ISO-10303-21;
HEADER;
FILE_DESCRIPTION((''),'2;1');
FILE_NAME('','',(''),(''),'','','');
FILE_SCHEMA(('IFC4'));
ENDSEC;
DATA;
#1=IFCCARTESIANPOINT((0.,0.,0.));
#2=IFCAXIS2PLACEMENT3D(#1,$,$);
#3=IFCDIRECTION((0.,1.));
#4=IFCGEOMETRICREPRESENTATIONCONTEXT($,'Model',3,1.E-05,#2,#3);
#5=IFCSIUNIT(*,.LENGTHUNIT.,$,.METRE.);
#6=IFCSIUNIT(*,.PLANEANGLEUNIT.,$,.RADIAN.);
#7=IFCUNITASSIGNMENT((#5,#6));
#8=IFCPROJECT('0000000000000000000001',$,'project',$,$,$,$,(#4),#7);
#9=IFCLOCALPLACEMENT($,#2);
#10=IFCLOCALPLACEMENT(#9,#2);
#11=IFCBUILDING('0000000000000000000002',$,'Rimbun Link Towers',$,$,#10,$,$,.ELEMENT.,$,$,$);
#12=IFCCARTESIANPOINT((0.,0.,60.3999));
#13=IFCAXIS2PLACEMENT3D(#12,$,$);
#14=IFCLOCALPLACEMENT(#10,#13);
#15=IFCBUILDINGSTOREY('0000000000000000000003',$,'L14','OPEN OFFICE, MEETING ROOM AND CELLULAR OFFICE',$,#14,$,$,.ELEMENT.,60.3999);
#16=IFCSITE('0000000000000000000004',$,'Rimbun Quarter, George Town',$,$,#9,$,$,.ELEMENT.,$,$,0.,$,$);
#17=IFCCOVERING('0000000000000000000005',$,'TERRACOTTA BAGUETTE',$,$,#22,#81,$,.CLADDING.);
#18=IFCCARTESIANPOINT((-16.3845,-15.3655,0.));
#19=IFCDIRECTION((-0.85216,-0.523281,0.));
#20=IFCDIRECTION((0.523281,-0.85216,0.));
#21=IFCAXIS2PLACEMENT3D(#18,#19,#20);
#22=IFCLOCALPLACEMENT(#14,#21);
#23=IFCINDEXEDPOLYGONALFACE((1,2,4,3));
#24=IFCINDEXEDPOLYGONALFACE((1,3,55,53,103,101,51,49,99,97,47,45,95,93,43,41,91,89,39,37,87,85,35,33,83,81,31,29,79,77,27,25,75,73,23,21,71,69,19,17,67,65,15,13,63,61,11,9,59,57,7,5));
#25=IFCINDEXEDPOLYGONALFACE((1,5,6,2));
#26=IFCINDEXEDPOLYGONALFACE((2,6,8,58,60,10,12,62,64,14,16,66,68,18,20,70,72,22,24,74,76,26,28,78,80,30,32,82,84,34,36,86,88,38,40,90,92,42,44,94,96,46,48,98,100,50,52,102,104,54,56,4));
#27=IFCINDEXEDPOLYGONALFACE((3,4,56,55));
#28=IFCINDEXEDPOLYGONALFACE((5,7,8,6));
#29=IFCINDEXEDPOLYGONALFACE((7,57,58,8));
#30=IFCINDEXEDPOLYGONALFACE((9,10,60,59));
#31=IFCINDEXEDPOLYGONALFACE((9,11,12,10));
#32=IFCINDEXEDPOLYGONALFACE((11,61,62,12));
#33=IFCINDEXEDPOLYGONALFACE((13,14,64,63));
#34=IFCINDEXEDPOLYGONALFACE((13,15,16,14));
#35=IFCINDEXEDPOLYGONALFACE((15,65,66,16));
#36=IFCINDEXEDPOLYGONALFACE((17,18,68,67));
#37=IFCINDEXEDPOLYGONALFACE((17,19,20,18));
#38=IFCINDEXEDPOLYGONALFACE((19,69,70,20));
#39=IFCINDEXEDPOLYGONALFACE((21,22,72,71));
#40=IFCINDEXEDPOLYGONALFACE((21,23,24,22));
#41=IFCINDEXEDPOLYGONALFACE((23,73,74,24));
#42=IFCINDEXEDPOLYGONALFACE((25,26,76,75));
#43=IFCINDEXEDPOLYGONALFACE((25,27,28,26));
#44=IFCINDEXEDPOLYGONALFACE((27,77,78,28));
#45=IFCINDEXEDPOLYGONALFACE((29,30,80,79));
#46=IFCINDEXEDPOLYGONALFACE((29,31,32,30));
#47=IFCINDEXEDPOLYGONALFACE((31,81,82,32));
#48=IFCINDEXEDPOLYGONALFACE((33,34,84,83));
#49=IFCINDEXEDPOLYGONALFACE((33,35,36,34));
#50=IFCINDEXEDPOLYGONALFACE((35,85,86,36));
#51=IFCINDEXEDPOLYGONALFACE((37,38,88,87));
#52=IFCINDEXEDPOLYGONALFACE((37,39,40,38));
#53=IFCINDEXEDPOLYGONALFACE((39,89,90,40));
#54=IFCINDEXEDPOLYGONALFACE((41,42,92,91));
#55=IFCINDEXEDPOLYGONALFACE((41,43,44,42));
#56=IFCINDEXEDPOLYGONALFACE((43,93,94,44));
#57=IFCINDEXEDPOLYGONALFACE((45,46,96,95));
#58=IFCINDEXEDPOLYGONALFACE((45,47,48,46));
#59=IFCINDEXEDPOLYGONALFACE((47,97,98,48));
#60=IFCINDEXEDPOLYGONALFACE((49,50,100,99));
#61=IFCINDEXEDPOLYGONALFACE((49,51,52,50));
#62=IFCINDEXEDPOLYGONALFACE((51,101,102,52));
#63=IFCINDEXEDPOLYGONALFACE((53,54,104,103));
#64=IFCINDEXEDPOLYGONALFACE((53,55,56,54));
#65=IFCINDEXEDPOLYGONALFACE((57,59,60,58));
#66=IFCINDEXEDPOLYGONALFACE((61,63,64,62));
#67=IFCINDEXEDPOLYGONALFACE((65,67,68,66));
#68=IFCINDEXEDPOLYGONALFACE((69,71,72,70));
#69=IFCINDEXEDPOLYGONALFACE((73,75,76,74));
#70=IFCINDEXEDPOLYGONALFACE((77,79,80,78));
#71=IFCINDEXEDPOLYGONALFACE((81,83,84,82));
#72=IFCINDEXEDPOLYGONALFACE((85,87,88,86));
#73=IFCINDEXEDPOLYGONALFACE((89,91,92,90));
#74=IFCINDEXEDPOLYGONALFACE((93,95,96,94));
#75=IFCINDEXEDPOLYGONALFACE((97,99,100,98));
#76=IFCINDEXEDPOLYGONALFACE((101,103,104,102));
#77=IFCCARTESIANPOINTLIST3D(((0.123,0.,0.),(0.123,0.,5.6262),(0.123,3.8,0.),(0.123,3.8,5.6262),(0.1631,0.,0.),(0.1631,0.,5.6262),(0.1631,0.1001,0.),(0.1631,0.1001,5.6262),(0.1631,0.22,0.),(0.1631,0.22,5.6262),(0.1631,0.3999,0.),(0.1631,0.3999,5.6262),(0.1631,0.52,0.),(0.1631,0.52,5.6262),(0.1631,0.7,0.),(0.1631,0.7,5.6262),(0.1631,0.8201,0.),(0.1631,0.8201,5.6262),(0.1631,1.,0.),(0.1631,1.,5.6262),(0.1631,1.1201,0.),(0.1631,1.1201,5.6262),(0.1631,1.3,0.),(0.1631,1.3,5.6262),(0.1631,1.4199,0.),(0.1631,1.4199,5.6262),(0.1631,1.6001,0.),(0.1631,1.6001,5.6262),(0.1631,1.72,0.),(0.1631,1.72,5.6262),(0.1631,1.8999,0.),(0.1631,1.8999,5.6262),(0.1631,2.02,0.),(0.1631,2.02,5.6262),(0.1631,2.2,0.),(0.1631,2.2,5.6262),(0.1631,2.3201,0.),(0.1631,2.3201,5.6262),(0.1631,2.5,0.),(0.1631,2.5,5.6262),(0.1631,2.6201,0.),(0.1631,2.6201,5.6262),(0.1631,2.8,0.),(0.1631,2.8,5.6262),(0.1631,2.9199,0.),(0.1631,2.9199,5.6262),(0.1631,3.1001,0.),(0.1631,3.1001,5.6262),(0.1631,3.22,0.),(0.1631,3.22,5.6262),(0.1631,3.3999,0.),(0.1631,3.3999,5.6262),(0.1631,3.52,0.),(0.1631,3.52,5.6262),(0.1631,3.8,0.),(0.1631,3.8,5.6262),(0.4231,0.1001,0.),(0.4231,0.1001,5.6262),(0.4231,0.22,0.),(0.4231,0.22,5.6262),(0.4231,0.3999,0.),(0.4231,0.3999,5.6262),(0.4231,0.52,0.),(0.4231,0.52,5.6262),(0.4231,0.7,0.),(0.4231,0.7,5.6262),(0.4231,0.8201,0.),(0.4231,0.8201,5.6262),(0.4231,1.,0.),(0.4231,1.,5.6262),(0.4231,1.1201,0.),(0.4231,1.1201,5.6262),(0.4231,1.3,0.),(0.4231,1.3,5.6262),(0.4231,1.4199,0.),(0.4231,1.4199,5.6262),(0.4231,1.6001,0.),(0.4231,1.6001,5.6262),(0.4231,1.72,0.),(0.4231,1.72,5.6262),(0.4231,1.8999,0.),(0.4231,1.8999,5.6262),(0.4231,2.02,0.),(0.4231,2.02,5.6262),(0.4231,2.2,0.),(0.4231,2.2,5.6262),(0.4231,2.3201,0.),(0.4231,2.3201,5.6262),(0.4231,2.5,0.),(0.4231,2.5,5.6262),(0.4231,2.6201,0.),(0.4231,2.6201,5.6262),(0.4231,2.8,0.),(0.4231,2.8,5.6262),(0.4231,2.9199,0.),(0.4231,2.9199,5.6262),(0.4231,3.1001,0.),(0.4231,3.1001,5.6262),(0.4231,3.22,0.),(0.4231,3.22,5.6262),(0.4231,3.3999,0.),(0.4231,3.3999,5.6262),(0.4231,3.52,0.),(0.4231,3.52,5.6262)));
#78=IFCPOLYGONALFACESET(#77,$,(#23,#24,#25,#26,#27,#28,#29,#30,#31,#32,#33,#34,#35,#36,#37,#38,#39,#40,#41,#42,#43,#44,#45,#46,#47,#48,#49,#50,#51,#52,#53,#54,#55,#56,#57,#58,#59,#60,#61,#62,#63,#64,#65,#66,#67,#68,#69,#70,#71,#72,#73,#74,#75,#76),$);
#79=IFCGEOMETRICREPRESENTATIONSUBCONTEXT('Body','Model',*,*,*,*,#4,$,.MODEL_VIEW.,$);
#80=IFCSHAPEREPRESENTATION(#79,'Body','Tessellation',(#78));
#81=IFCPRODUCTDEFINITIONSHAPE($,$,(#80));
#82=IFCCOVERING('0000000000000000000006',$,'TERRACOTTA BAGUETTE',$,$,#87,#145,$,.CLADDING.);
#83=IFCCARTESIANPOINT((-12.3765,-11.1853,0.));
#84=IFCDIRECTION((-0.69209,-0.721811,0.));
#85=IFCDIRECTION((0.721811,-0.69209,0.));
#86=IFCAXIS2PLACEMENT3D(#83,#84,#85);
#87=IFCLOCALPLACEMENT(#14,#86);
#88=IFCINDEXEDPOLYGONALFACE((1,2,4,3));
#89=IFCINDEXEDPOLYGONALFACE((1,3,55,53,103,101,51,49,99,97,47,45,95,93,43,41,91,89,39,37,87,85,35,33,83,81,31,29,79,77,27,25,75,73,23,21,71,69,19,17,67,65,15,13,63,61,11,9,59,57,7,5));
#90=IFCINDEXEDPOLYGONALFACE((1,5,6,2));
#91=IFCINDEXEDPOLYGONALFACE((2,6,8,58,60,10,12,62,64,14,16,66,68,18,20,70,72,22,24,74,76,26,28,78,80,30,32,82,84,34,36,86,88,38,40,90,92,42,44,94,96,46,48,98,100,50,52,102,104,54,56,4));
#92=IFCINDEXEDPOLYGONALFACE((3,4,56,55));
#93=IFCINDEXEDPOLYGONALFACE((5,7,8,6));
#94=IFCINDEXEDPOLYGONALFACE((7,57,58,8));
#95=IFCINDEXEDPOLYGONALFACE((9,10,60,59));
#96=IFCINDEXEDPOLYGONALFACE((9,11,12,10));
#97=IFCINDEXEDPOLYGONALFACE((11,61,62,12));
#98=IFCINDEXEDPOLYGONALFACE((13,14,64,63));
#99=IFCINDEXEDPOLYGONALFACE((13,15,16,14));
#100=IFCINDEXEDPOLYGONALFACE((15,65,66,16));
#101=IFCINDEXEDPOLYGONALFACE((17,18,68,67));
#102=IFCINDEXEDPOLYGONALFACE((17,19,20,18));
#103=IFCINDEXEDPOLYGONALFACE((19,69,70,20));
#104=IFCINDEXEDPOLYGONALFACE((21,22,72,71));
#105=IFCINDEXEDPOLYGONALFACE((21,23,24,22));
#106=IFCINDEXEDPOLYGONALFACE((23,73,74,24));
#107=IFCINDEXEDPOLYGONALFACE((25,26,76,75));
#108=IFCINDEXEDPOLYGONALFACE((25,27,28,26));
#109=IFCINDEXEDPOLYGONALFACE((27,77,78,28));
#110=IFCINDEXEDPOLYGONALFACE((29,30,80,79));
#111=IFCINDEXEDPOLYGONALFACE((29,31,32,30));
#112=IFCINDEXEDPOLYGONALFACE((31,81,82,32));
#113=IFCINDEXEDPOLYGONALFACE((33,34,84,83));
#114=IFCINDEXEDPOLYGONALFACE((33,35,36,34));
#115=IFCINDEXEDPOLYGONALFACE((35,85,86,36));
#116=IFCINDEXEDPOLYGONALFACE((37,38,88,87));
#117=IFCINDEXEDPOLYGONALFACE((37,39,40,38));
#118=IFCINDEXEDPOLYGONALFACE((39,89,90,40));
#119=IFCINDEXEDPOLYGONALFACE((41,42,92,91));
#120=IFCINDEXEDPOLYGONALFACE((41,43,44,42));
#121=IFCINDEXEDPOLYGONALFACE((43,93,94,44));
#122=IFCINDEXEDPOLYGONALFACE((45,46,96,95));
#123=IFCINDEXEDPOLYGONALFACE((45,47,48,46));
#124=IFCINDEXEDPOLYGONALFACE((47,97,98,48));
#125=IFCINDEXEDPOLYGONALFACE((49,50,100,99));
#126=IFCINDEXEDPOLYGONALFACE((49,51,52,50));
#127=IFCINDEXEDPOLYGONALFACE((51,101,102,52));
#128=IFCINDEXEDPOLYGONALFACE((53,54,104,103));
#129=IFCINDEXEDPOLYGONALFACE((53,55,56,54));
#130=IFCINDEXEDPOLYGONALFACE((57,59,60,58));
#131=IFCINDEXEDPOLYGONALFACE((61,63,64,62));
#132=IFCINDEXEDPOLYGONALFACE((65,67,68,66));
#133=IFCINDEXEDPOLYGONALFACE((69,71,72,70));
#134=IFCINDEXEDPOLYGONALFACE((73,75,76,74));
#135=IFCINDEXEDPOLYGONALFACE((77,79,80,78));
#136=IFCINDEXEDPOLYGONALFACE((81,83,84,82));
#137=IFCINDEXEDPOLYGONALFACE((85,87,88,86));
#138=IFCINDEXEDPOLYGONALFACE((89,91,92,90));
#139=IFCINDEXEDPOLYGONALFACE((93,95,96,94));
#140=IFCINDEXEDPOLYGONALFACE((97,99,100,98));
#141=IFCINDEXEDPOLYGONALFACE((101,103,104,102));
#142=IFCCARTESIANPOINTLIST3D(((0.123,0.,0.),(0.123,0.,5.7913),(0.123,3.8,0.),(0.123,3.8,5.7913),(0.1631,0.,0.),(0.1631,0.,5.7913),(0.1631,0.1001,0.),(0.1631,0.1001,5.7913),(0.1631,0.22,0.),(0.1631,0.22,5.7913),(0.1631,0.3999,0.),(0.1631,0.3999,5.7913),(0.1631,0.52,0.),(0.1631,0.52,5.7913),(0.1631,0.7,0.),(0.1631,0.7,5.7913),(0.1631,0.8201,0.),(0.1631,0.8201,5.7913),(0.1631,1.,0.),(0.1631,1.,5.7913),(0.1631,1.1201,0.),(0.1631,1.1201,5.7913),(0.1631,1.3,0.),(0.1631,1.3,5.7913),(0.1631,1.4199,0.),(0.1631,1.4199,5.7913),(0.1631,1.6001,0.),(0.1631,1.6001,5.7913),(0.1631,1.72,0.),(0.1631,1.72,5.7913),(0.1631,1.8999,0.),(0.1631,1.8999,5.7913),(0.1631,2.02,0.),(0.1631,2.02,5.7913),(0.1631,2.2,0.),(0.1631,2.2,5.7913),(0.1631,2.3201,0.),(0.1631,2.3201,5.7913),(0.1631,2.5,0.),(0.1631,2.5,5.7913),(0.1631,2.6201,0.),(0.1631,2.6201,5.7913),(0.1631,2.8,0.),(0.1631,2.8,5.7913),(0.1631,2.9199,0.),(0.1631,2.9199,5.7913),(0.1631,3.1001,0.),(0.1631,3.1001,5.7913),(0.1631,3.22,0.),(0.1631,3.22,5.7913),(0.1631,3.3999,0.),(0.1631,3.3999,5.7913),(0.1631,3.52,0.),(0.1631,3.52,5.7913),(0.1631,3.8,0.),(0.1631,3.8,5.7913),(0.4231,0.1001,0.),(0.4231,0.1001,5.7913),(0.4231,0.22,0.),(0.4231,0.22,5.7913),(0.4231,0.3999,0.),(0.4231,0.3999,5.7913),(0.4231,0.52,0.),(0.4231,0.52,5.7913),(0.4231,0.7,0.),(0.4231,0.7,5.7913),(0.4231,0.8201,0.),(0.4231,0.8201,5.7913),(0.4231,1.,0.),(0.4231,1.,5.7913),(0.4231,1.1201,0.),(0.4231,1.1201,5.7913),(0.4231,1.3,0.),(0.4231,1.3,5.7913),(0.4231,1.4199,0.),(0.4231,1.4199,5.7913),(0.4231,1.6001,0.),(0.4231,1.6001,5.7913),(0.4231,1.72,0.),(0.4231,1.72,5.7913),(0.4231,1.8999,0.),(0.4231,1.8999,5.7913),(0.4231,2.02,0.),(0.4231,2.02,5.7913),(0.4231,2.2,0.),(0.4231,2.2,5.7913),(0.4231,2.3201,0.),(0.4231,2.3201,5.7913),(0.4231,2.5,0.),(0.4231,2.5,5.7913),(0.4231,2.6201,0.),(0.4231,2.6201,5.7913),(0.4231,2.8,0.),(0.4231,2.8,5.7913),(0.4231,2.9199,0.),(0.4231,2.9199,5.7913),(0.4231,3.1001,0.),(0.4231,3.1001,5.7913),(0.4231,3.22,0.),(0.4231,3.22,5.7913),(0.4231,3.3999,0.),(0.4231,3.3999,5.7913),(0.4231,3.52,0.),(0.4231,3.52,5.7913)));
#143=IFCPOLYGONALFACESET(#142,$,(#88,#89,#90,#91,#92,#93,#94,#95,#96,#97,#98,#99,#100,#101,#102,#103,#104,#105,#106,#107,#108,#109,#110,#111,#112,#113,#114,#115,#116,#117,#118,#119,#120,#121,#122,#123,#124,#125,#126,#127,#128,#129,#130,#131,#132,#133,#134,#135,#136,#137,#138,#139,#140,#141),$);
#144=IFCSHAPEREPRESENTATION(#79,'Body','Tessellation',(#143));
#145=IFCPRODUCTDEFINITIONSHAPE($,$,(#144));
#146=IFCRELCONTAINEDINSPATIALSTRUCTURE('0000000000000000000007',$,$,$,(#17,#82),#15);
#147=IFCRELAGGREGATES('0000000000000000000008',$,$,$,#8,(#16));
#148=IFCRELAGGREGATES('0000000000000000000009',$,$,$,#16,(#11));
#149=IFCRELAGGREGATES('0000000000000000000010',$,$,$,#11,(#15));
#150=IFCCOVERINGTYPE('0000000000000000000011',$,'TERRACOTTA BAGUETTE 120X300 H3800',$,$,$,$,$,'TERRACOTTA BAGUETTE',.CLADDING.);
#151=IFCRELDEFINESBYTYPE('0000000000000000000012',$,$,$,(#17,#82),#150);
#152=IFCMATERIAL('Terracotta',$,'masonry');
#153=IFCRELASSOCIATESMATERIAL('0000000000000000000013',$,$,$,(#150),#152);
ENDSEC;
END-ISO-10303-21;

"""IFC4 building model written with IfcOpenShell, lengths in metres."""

from ifc_helpers import new_model, si_unit, direction, frame, origin, place, context, subcontext, project, spatial, polyline, outline, extrude, material, material_profile, profile_set, type_object, element, save


model = new_model("IFC4")

# Units and contexts
model_context = context("Model", 3, precision=1e-05, world=origin(), true_north=direction((0.0, 1.0)))
body_context = subcontext(model_context, "Body", "Model", "MODEL_VIEW")
ifc_project = project(units=[si_unit("LENGTHUNIT", "METRE"), si_unit("PLANEANGLEUNIT", "RADIAN")], contexts=[model_context])

# Site, building, storey
site_placement = place(None, origin())
site = spatial("IfcSite", under=ifc_project, at=site_placement, Name="Rimbun Quarter, George Town", CompositionType="ELEMENT", RefElevation=0.0)
building_placement = place(site_placement, origin())
building = spatial("IfcBuilding", under=site, at=building_placement, Name="Rimbun Link Towers", CompositionType="ELEMENT")
storey_placement = place(building_placement, frame((0.0, 0.0, 60.3999)))
storey = spatial("IfcBuildingStorey", under=building, at=storey_placement, Name="L14", Description="OPEN OFFICE, MEETING ROOM AND CELLULAR OFFICE", CompositionType="ELEMENT", Elevation=60.3999)

# Coverings
ifc_material_1 = material(Name="Terracotta", Category="masonry")
ifc_material_profile_1 = material_profile(ifc_material_1, outline(polyline([(0.123, 0.0), (0.1631, 0.0), (0.1631, 0.1001), (0.4231, 0.1001), (0.4231, 0.22), (0.1631, 0.22), (0.1631, 0.3999), (0.4231, 0.3999), (0.4231, 0.52), (0.1631, 0.52), (0.1631, 0.7), (0.4231, 0.7), (0.4231, 0.8201), (0.1631, 0.8201), (0.1631, 1.0), (0.4231, 1.0), (0.4231, 1.1201), (0.1631, 1.1201), (0.1631, 1.3), (0.4231, 1.3), (0.4231, 1.4199), (0.1631, 1.4199), (0.1631, 1.6001), (0.4231, 1.6001), (0.4231, 1.72), (0.1631, 1.72), (0.1631, 1.8999), (0.4231, 1.8999), (0.4231, 2.02), (0.1631, 2.02), (0.1631, 2.2), (0.4231, 2.2), (0.4231, 2.3201), (0.1631, 2.3201), (0.1631, 2.5), (0.4231, 2.5), (0.4231, 2.6201), (0.1631, 2.6201), (0.1631, 2.8), (0.4231, 2.8), (0.4231, 2.9199), (0.1631, 2.9199), (0.1631, 3.1001), (0.4231, 3.1001), (0.4231, 3.22), (0.1631, 3.22), (0.1631, 3.3999), (0.4231, 3.3999), (0.4231, 3.52), (0.1631, 3.52), (0.1631, 3.8), (0.123, 3.8), (0.123, 0.0)])), Name="BAGUETTE 120X300")
ifc_profile_set_1 = profile_set([ifc_material_profile_1], Name="Terracotta")
covering_type = type_object("IfcCoveringType", Name="TERRACOTTA BAGUETTE 120X300 H3800", ElementType="TERRACOTTA BAGUETTE", PredefinedType="CLADDING", material=ifc_profile_set_1)
covering_1_placement = place(storey_placement, frame((-16.3845, -15.3655, 0.0), z_axis=(-0.85216, -0.523281, 0.0), x_axis=(0.523281, -0.85216, 0.0)))
element("IfcCovering", 1, at=covering_1_placement, inside=storey, type_object=covering_type, Name="TERRACOTTA BAGUETTE", PredefinedType="CLADDING", context=body_context, shape_type="SweptSolid", body=[
    extrude(outline(polyline([(0.123, 0.0), (0.1631, 0.0), (0.1631, 0.1001), (0.4231, 0.1001), (0.4231, 0.22), (0.1631, 0.22), (0.1631, 0.3999), (0.4231, 0.3999), (0.4231, 0.52), (0.1631, 0.52), (0.1631, 0.7), (0.4231, 0.7), (0.4231, 0.8201), (0.1631, 0.8201), (0.1631, 1.0), (0.4231, 1.0), (0.4231, 1.1201), (0.1631, 1.1201), (0.1631, 1.3), (0.4231, 1.3), (0.4231, 1.4199), (0.1631, 1.4199), (0.1631, 1.6001), (0.4231, 1.6001), (0.4231, 1.72), (0.1631, 1.72), (0.1631, 1.8999), (0.4231, 1.8999), (0.4231, 2.02), (0.1631, 2.02), (0.1631, 2.2), (0.4231, 2.2), (0.4231, 2.3201), (0.1631, 2.3201), (0.1631, 2.5), (0.4231, 2.5), (0.4231, 2.6201), (0.1631, 2.6201), (0.1631, 2.8), (0.4231, 2.8), (0.4231, 2.9199), (0.1631, 2.9199), (0.1631, 3.1001), (0.4231, 3.1001), (0.4231, 3.22), (0.1631, 3.22), (0.1631, 3.3999), (0.4231, 3.3999), (0.4231, 3.52), (0.1631, 3.52), (0.1631, 3.8), (0.123, 3.8), (0.123, 0.0)])), origin(), (0.0, 0.0, 1.0), 5.6262),
])
covering_2_placement = place(storey_placement, frame((-12.3765, -11.1853, 0.0), z_axis=(-0.69209, -0.721811, 0.0), x_axis=(0.721811, -0.69209, 0.0)))
element("IfcCovering", 2, at=covering_2_placement, inside=storey, type_object=covering_type, Name="TERRACOTTA BAGUETTE", PredefinedType="CLADDING", context=body_context, shape_type="SweptSolid", body=[
    extrude(outline(polyline([(0.123, 0.0), (0.1631, 0.0), (0.1631, 0.1001), (0.4231, 0.1001), (0.4231, 0.22), (0.1631, 0.22), (0.1631, 0.3999), (0.4231, 0.3999), (0.4231, 0.52), (0.1631, 0.52), (0.1631, 0.7), (0.4231, 0.7), (0.4231, 0.8201), (0.1631, 0.8201), (0.1631, 1.0), (0.4231, 1.0), (0.4231, 1.1201), (0.1631, 1.1201), (0.1631, 1.3), (0.4231, 1.3), (0.4231, 1.4199), (0.1631, 1.4199), (0.1631, 1.6001), (0.4231, 1.6001), (0.4231, 1.72), (0.1631, 1.72), (0.1631, 1.8999), (0.4231, 1.8999), (0.4231, 2.02), (0.1631, 2.02), (0.1631, 2.2), (0.4231, 2.2), (0.4231, 2.3201), (0.1631, 2.3201), (0.1631, 2.5), (0.4231, 2.5), (0.4231, 2.6201), (0.1631, 2.6201), (0.1631, 2.8), (0.4231, 2.8), (0.4231, 2.9199), (0.1631, 2.9199), (0.1631, 3.1001), (0.4231, 3.1001), (0.4231, 3.22), (0.1631, 3.22), (0.1631, 3.3999), (0.4231, 3.3999), (0.4231, 3.52), (0.1631, 3.52), (0.1631, 3.8), (0.123, 3.8), (0.123, 0.0)])), origin(), (0.0, 0.0, 1.0), 5.7913),
])

save(model, "model.ifc")
